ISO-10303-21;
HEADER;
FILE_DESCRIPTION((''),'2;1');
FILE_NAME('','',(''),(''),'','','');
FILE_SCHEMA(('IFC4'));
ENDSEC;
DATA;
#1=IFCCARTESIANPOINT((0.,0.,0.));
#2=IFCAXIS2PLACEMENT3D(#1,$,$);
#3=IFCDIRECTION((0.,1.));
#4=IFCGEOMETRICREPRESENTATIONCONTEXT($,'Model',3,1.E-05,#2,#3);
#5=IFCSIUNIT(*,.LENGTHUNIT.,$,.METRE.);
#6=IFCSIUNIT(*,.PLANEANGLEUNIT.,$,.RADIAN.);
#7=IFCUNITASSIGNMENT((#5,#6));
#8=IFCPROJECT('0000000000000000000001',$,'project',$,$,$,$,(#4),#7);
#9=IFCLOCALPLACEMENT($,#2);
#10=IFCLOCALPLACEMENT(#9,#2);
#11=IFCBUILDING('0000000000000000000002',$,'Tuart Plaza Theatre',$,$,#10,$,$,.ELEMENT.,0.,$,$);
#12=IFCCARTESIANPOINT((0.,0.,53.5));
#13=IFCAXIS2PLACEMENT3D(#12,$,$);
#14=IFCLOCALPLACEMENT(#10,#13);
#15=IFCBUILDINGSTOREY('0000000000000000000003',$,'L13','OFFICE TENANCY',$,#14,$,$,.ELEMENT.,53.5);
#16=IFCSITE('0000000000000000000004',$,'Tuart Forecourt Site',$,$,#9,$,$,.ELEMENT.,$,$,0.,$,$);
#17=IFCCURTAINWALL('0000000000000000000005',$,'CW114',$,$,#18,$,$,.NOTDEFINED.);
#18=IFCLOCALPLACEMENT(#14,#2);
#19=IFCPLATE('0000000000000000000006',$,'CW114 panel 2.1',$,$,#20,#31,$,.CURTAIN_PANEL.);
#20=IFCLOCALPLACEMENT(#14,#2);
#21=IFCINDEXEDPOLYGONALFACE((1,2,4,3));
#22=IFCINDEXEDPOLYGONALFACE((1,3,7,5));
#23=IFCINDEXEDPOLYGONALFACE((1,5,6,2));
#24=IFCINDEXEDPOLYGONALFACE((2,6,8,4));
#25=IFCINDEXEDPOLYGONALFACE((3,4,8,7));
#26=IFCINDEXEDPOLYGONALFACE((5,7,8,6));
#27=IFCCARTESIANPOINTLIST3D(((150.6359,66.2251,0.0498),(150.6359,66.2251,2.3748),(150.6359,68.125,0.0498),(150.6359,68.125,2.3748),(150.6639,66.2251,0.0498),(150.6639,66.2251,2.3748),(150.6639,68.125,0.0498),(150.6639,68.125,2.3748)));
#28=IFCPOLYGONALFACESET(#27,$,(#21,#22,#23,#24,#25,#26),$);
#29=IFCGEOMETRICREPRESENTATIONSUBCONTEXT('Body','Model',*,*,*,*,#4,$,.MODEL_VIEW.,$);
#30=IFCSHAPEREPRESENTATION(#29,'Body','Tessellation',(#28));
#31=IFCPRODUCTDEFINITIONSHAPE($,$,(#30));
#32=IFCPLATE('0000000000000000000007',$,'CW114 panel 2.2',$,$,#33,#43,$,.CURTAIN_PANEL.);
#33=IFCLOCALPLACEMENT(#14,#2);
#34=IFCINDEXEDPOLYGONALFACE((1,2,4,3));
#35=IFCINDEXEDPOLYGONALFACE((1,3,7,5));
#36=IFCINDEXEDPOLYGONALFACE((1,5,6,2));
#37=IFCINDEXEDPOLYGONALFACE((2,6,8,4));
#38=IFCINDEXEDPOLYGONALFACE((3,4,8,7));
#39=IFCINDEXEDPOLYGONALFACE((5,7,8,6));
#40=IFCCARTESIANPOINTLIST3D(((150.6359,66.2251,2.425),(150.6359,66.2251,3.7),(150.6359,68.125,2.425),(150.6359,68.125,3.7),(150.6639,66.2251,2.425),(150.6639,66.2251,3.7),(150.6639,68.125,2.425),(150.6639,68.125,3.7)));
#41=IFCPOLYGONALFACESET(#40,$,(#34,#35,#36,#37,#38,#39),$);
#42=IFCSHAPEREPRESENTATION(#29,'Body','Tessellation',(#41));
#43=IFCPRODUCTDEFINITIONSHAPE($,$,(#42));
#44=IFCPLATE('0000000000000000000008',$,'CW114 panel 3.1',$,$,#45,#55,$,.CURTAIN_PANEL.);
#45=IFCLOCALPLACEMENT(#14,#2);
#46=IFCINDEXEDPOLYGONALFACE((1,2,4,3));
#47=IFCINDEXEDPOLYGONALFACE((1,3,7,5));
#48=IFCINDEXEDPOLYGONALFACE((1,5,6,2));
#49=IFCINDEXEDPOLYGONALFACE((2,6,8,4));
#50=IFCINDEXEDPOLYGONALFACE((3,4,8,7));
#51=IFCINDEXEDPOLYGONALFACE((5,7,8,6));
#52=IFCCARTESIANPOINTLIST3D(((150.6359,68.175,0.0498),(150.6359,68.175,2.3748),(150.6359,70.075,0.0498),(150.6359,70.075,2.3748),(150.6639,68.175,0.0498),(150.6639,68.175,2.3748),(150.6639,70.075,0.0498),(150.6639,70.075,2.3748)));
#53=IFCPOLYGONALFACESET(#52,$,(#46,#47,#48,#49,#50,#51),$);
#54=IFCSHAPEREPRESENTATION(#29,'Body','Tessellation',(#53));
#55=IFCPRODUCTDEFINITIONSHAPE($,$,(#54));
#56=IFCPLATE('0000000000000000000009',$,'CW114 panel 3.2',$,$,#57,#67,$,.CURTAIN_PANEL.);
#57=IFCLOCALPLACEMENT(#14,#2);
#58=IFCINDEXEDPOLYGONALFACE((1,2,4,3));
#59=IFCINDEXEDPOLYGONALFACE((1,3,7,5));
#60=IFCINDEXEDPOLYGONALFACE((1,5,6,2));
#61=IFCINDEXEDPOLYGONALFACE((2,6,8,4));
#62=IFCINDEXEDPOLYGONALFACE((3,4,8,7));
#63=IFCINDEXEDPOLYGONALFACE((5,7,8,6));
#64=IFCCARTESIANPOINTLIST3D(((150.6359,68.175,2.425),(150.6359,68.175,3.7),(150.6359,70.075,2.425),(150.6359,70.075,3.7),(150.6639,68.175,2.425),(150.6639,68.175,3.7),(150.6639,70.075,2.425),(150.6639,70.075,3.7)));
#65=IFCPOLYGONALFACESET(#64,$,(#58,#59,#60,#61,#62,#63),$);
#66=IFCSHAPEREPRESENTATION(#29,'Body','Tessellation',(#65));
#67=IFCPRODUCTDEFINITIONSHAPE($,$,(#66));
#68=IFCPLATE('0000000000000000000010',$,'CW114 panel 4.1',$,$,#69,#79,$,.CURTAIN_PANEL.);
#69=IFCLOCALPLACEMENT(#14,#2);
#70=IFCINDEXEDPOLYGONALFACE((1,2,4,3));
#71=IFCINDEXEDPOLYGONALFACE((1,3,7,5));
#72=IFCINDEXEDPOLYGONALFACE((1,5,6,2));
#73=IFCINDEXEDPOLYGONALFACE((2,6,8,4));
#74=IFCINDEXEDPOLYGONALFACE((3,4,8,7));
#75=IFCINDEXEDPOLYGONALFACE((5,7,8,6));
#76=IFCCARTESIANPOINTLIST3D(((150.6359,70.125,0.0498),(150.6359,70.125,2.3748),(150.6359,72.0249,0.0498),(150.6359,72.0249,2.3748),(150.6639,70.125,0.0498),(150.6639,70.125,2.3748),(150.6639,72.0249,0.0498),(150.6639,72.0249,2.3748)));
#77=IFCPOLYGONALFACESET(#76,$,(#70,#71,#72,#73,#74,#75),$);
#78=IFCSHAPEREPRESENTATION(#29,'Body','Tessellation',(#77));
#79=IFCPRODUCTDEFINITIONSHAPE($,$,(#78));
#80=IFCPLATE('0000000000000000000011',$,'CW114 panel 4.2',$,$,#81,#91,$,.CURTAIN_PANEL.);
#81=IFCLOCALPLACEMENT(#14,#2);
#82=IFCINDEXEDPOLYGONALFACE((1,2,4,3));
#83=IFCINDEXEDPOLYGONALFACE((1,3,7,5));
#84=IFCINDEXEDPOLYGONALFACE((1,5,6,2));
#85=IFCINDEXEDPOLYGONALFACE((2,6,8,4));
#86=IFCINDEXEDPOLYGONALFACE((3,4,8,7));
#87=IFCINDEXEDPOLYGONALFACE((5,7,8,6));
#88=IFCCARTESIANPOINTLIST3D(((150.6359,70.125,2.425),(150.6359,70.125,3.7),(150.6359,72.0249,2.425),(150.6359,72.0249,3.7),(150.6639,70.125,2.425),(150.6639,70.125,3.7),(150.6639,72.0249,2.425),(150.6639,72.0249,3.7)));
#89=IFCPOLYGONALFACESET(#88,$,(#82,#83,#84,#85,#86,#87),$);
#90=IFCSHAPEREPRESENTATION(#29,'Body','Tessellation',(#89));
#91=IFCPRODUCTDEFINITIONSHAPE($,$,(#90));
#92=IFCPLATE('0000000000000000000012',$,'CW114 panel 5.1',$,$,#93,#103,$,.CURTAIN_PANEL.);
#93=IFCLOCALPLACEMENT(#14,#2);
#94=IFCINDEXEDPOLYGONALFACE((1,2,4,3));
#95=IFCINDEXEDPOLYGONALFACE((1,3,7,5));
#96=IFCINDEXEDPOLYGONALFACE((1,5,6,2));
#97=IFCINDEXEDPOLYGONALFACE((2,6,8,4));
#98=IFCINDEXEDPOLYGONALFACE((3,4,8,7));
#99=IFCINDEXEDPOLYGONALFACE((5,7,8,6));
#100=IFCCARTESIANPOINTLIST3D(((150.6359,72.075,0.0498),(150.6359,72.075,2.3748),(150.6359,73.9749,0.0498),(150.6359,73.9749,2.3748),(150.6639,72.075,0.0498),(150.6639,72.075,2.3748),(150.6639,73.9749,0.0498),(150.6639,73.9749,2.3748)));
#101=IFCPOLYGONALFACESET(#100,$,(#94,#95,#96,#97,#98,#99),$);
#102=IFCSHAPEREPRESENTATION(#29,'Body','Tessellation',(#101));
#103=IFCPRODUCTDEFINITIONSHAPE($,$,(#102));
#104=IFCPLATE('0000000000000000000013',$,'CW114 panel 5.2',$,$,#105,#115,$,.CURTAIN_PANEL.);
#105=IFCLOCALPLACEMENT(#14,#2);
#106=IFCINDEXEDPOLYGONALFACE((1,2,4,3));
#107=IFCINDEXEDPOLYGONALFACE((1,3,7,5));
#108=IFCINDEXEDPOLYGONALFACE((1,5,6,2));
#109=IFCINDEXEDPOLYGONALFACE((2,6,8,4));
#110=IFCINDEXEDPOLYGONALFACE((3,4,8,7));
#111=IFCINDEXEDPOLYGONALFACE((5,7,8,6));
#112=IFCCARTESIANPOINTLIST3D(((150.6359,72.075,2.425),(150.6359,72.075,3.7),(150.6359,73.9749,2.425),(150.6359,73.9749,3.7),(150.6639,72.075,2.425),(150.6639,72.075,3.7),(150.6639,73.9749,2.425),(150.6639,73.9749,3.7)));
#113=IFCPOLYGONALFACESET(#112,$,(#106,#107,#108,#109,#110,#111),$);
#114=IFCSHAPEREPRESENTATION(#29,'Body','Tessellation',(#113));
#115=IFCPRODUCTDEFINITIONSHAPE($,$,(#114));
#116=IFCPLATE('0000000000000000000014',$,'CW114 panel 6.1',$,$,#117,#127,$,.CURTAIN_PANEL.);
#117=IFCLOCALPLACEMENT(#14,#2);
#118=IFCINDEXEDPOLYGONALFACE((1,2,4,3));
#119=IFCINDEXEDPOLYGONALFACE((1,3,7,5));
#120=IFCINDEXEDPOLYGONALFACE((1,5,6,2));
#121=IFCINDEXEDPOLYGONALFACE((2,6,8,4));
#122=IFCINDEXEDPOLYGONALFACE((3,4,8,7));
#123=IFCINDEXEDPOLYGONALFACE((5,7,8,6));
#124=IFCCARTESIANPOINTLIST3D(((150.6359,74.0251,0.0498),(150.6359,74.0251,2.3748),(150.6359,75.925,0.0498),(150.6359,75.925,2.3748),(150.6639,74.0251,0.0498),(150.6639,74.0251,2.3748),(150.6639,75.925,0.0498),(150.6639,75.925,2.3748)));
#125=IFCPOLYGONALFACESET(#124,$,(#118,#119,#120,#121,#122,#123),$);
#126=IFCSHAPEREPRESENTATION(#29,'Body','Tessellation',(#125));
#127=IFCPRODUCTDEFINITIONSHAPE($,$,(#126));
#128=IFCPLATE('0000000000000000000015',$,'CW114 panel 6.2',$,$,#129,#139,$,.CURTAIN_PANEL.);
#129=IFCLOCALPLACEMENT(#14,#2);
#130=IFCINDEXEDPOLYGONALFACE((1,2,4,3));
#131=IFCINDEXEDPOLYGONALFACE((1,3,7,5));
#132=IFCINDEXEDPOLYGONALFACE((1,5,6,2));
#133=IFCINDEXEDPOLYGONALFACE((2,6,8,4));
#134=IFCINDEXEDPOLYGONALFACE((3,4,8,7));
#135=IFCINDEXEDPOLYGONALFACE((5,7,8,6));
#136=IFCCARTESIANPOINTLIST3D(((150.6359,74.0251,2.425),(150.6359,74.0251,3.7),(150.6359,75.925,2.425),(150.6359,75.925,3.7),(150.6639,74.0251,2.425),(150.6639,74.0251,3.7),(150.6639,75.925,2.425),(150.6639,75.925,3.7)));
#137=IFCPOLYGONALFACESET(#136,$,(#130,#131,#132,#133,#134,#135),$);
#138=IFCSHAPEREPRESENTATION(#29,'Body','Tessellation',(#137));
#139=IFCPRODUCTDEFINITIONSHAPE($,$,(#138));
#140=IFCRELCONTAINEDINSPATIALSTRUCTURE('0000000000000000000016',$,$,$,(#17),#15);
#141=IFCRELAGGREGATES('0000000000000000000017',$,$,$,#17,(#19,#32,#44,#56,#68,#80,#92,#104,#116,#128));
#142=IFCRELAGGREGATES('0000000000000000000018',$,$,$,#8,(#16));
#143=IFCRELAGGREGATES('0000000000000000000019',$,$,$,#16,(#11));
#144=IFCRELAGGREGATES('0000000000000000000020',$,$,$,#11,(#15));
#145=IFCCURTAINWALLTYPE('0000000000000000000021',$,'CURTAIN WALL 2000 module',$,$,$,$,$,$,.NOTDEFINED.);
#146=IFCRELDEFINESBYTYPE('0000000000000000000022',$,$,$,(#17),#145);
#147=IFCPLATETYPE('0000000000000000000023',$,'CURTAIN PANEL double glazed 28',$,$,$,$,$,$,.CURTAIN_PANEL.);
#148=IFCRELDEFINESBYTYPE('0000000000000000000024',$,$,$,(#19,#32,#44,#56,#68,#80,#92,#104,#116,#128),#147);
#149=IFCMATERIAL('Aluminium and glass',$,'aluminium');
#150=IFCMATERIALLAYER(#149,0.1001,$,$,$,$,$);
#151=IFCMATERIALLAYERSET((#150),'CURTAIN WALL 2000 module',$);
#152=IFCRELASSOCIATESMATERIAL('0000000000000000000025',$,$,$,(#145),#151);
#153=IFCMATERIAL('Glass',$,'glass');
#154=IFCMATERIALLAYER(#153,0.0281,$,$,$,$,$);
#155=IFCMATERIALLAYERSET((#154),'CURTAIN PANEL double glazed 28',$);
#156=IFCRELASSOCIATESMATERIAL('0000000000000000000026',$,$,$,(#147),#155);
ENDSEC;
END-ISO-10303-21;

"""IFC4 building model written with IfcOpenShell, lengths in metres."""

from ifc_helpers import new_model, si_unit, direction, frame, origin, origin_2d, place, context, subcontext, project, spatial, rectangle, extrude, material, layer, layer_set, type_object, element, aggregate, save


model = new_model("IFC4")

# Units and contexts
model_context = context("Model", 3, precision=1e-05, world=origin(), true_north=direction((0.0, 1.0)))
body_context = subcontext(model_context, "Body", "Model", "MODEL_VIEW")
ifc_project = project(units=[si_unit("LENGTHUNIT", "METRE"), si_unit("PLANEANGLEUNIT", "RADIAN")], contexts=[model_context])

# Site, building, storey
site_placement = place(None, origin())
site = spatial("IfcSite", under=ifc_project, at=site_placement, Name="Tuart Forecourt Site", CompositionType="ELEMENT", RefElevation=0.0)
building_placement = place(site_placement, origin())
building = spatial("IfcBuilding", under=site, at=building_placement, Name="Tuart Plaza Theatre", CompositionType="ELEMENT", ElevationOfRefHeight=0.0)
storey_placement = place(building_placement, frame((0.0, 0.0, 53.5)))
storey = spatial("IfcBuildingStorey", under=building, at=storey_placement, Name="L13", Description="OFFICE TENANCY", CompositionType="ELEMENT", Elevation=53.5)

# Shared definitions
ifc_material_1 = material(Name="Aluminium and glass", Category="aluminium")
ifc_layer_1 = layer(ifc_material_1, 0.1001)
ifc_layer_set_1 = layer_set([ifc_layer_1], Name="CURTAIN WALL 2000 module")
curtain_wall_type = type_object("IfcCurtainWallType", Name="CURTAIN WALL 2000 module", PredefinedType="NOTDEFINED", material=ifc_layer_set_1)

# Curtain wall
curtain_wall_1_placement = place(storey_placement, origin())
curtain_wall_1 = element("IfcCurtainWall", 1, at=curtain_wall_1_placement, inside=storey, type_object=curtain_wall_type, Name="CW114", PredefinedType="NOTDEFINED")

# Plates
ifc_material_2 = material(Name="Glass", Category="glass")
ifc_layer_2 = layer(ifc_material_2, 0.0281)
ifc_layer_set_2 = layer_set([ifc_layer_2], Name="CURTAIN PANEL double glazed 28")
plate_type = type_object("IfcPlateType", Name="CURTAIN PANEL double glazed 28", PredefinedType="CURTAIN_PANEL", material=ifc_layer_set_2)
plate_1_placement = place(storey_placement, frame((150.6499, 67.175, 0.0498), z_axis=(0.0, 0.0, 1.0), x_axis=(0.0, 1.0, 0.0)))
plate_1 = element("IfcPlate", 2, at=plate_1_placement, type_object=plate_type, Name="CW114 panel 2.1", PredefinedType="CURTAIN_PANEL", context=body_context, shape_type="SweptSolid", body=[
    extrude(rectangle(XDim=1.8999, YDim=0.0281, at=origin_2d()), origin(), (0.0, 0.0, 1.0), 2.325),
])
plate_2_placement = place(storey_placement, frame((150.6499, 67.175, 2.425), z_axis=(0.0, 0.0, 1.0), x_axis=(0.0, 1.0, 0.0)))
plate_2 = element("IfcPlate", 3, at=plate_2_placement, type_object=plate_type, Name="CW114 panel 2.2", PredefinedType="CURTAIN_PANEL", context=body_context, shape_type="SweptSolid", body=[
    extrude(rectangle(XDim=1.8999, YDim=0.0281, at=origin_2d()), origin(), (0.0, 0.0, 1.0), 1.2749),
])
plate_3_placement = place(storey_placement, frame((150.6499, 69.125, 0.0498), z_axis=(0.0, 0.0, 1.0), x_axis=(0.0, 1.0, 0.0)))
plate_3 = element("IfcPlate", 4, at=plate_3_placement, type_object=plate_type, Name="CW114 panel 3.1", PredefinedType="CURTAIN_PANEL", context=body_context, shape_type="SweptSolid", body=[
    extrude(rectangle(XDim=1.8999, YDim=0.0281, at=origin_2d()), origin(), (0.0, 0.0, 1.0), 2.325),
])
plate_4_placement = place(storey_placement, frame((150.6499, 69.125, 2.425), z_axis=(0.0, 0.0, 1.0), x_axis=(0.0, 1.0, 0.0)))
plate_4 = element("IfcPlate", 5, at=plate_4_placement, type_object=plate_type, Name="CW114 panel 3.2", PredefinedType="CURTAIN_PANEL", context=body_context, shape_type="SweptSolid", body=[
    extrude(rectangle(XDim=1.8999, YDim=0.0281, at=origin_2d()), origin(), (0.0, 0.0, 1.0), 1.2749),
])
plate_5_placement = place(storey_placement, frame((150.6499, 71.075, 0.0498), z_axis=(0.0, 0.0, 1.0), x_axis=(0.0, 1.0, 0.0)))
plate_5 = element("IfcPlate", 6, at=plate_5_placement, type_object=plate_type, Name="CW114 panel 4.1", PredefinedType="CURTAIN_PANEL", context=body_context, shape_type="SweptSolid", body=[
    extrude(rectangle(XDim=1.8999, YDim=0.0281, at=origin_2d()), origin(), (0.0, 0.0, 1.0), 2.325),
])
plate_6_placement = place(storey_placement, frame((150.6499, 71.075, 2.425), z_axis=(0.0, 0.0, 1.0), x_axis=(0.0, 1.0, 0.0)))
plate_6 = element("IfcPlate", 7, at=plate_6_placement, type_object=plate_type, Name="CW114 panel 4.2", PredefinedType="CURTAIN_PANEL", context=body_context, shape_type="SweptSolid", body=[
    extrude(rectangle(XDim=1.8999, YDim=0.0281, at=origin_2d()), origin(), (0.0, 0.0, 1.0), 1.2749),
])
plate_7_placement = place(storey_placement, frame((150.6499, 73.0249, 0.0498), z_axis=(0.0, 0.0, 1.0), x_axis=(0.0, 1.0, 0.0)))
plate_7 = element("IfcPlate", 8, at=plate_7_placement, type_object=plate_type, Name="CW114 panel 5.1", PredefinedType="CURTAIN_PANEL", context=body_context, shape_type="SweptSolid", body=[
    extrude(rectangle(XDim=1.8999, YDim=0.0281, at=origin_2d()), origin(), (0.0, 0.0, 1.0), 2.325),
])
plate_8_placement = place(storey_placement, frame((150.6499, 73.0249, 2.425), z_axis=(0.0, 0.0, 1.0), x_axis=(0.0, 1.0, 0.0)))
plate_8 = element("IfcPlate", 9, at=plate_8_placement, type_object=plate_type, Name="CW114 panel 5.2", PredefinedType="CURTAIN_PANEL", context=body_context, shape_type="SweptSolid", body=[
    extrude(rectangle(XDim=1.8999, YDim=0.0281, at=origin_2d()), origin(), (0.0, 0.0, 1.0), 1.2749),
])
plate_9_placement = place(storey_placement, frame((150.6499, 74.9751, 0.0498), z_axis=(0.0, 0.0, 1.0), x_axis=(0.0, 1.0, 0.0)))
plate_9 = element("IfcPlate", 10, at=plate_9_placement, type_object=plate_type, Name="CW114 panel 6.1", PredefinedType="CURTAIN_PANEL", context=body_context, shape_type="SweptSolid", body=[
    extrude(rectangle(XDim=1.8999, YDim=0.0281, at=origin_2d()), origin(), (0.0, 0.0, 1.0), 2.325),
])
plate_10_placement = place(storey_placement, frame((150.6499, 74.9751, 2.425), z_axis=(0.0, 0.0, 1.0), x_axis=(0.0, 1.0, 0.0)))
plate_10 = element("IfcPlate", 11, at=plate_10_placement, type_object=plate_type, Name="CW114 panel 6.2", PredefinedType="CURTAIN_PANEL", context=body_context, shape_type="SweptSolid", body=[
    extrude(rectangle(XDim=1.8999, YDim=0.0281, at=origin_2d()), origin(), (0.0, 0.0, 1.0), 1.2749),
])
aggregate(curtain_wall_1, [plate_1, plate_2, plate_3, plate_4, plate_5, plate_6, plate_7, plate_8, plate_9, plate_10])

save(model, "model.ifc")
